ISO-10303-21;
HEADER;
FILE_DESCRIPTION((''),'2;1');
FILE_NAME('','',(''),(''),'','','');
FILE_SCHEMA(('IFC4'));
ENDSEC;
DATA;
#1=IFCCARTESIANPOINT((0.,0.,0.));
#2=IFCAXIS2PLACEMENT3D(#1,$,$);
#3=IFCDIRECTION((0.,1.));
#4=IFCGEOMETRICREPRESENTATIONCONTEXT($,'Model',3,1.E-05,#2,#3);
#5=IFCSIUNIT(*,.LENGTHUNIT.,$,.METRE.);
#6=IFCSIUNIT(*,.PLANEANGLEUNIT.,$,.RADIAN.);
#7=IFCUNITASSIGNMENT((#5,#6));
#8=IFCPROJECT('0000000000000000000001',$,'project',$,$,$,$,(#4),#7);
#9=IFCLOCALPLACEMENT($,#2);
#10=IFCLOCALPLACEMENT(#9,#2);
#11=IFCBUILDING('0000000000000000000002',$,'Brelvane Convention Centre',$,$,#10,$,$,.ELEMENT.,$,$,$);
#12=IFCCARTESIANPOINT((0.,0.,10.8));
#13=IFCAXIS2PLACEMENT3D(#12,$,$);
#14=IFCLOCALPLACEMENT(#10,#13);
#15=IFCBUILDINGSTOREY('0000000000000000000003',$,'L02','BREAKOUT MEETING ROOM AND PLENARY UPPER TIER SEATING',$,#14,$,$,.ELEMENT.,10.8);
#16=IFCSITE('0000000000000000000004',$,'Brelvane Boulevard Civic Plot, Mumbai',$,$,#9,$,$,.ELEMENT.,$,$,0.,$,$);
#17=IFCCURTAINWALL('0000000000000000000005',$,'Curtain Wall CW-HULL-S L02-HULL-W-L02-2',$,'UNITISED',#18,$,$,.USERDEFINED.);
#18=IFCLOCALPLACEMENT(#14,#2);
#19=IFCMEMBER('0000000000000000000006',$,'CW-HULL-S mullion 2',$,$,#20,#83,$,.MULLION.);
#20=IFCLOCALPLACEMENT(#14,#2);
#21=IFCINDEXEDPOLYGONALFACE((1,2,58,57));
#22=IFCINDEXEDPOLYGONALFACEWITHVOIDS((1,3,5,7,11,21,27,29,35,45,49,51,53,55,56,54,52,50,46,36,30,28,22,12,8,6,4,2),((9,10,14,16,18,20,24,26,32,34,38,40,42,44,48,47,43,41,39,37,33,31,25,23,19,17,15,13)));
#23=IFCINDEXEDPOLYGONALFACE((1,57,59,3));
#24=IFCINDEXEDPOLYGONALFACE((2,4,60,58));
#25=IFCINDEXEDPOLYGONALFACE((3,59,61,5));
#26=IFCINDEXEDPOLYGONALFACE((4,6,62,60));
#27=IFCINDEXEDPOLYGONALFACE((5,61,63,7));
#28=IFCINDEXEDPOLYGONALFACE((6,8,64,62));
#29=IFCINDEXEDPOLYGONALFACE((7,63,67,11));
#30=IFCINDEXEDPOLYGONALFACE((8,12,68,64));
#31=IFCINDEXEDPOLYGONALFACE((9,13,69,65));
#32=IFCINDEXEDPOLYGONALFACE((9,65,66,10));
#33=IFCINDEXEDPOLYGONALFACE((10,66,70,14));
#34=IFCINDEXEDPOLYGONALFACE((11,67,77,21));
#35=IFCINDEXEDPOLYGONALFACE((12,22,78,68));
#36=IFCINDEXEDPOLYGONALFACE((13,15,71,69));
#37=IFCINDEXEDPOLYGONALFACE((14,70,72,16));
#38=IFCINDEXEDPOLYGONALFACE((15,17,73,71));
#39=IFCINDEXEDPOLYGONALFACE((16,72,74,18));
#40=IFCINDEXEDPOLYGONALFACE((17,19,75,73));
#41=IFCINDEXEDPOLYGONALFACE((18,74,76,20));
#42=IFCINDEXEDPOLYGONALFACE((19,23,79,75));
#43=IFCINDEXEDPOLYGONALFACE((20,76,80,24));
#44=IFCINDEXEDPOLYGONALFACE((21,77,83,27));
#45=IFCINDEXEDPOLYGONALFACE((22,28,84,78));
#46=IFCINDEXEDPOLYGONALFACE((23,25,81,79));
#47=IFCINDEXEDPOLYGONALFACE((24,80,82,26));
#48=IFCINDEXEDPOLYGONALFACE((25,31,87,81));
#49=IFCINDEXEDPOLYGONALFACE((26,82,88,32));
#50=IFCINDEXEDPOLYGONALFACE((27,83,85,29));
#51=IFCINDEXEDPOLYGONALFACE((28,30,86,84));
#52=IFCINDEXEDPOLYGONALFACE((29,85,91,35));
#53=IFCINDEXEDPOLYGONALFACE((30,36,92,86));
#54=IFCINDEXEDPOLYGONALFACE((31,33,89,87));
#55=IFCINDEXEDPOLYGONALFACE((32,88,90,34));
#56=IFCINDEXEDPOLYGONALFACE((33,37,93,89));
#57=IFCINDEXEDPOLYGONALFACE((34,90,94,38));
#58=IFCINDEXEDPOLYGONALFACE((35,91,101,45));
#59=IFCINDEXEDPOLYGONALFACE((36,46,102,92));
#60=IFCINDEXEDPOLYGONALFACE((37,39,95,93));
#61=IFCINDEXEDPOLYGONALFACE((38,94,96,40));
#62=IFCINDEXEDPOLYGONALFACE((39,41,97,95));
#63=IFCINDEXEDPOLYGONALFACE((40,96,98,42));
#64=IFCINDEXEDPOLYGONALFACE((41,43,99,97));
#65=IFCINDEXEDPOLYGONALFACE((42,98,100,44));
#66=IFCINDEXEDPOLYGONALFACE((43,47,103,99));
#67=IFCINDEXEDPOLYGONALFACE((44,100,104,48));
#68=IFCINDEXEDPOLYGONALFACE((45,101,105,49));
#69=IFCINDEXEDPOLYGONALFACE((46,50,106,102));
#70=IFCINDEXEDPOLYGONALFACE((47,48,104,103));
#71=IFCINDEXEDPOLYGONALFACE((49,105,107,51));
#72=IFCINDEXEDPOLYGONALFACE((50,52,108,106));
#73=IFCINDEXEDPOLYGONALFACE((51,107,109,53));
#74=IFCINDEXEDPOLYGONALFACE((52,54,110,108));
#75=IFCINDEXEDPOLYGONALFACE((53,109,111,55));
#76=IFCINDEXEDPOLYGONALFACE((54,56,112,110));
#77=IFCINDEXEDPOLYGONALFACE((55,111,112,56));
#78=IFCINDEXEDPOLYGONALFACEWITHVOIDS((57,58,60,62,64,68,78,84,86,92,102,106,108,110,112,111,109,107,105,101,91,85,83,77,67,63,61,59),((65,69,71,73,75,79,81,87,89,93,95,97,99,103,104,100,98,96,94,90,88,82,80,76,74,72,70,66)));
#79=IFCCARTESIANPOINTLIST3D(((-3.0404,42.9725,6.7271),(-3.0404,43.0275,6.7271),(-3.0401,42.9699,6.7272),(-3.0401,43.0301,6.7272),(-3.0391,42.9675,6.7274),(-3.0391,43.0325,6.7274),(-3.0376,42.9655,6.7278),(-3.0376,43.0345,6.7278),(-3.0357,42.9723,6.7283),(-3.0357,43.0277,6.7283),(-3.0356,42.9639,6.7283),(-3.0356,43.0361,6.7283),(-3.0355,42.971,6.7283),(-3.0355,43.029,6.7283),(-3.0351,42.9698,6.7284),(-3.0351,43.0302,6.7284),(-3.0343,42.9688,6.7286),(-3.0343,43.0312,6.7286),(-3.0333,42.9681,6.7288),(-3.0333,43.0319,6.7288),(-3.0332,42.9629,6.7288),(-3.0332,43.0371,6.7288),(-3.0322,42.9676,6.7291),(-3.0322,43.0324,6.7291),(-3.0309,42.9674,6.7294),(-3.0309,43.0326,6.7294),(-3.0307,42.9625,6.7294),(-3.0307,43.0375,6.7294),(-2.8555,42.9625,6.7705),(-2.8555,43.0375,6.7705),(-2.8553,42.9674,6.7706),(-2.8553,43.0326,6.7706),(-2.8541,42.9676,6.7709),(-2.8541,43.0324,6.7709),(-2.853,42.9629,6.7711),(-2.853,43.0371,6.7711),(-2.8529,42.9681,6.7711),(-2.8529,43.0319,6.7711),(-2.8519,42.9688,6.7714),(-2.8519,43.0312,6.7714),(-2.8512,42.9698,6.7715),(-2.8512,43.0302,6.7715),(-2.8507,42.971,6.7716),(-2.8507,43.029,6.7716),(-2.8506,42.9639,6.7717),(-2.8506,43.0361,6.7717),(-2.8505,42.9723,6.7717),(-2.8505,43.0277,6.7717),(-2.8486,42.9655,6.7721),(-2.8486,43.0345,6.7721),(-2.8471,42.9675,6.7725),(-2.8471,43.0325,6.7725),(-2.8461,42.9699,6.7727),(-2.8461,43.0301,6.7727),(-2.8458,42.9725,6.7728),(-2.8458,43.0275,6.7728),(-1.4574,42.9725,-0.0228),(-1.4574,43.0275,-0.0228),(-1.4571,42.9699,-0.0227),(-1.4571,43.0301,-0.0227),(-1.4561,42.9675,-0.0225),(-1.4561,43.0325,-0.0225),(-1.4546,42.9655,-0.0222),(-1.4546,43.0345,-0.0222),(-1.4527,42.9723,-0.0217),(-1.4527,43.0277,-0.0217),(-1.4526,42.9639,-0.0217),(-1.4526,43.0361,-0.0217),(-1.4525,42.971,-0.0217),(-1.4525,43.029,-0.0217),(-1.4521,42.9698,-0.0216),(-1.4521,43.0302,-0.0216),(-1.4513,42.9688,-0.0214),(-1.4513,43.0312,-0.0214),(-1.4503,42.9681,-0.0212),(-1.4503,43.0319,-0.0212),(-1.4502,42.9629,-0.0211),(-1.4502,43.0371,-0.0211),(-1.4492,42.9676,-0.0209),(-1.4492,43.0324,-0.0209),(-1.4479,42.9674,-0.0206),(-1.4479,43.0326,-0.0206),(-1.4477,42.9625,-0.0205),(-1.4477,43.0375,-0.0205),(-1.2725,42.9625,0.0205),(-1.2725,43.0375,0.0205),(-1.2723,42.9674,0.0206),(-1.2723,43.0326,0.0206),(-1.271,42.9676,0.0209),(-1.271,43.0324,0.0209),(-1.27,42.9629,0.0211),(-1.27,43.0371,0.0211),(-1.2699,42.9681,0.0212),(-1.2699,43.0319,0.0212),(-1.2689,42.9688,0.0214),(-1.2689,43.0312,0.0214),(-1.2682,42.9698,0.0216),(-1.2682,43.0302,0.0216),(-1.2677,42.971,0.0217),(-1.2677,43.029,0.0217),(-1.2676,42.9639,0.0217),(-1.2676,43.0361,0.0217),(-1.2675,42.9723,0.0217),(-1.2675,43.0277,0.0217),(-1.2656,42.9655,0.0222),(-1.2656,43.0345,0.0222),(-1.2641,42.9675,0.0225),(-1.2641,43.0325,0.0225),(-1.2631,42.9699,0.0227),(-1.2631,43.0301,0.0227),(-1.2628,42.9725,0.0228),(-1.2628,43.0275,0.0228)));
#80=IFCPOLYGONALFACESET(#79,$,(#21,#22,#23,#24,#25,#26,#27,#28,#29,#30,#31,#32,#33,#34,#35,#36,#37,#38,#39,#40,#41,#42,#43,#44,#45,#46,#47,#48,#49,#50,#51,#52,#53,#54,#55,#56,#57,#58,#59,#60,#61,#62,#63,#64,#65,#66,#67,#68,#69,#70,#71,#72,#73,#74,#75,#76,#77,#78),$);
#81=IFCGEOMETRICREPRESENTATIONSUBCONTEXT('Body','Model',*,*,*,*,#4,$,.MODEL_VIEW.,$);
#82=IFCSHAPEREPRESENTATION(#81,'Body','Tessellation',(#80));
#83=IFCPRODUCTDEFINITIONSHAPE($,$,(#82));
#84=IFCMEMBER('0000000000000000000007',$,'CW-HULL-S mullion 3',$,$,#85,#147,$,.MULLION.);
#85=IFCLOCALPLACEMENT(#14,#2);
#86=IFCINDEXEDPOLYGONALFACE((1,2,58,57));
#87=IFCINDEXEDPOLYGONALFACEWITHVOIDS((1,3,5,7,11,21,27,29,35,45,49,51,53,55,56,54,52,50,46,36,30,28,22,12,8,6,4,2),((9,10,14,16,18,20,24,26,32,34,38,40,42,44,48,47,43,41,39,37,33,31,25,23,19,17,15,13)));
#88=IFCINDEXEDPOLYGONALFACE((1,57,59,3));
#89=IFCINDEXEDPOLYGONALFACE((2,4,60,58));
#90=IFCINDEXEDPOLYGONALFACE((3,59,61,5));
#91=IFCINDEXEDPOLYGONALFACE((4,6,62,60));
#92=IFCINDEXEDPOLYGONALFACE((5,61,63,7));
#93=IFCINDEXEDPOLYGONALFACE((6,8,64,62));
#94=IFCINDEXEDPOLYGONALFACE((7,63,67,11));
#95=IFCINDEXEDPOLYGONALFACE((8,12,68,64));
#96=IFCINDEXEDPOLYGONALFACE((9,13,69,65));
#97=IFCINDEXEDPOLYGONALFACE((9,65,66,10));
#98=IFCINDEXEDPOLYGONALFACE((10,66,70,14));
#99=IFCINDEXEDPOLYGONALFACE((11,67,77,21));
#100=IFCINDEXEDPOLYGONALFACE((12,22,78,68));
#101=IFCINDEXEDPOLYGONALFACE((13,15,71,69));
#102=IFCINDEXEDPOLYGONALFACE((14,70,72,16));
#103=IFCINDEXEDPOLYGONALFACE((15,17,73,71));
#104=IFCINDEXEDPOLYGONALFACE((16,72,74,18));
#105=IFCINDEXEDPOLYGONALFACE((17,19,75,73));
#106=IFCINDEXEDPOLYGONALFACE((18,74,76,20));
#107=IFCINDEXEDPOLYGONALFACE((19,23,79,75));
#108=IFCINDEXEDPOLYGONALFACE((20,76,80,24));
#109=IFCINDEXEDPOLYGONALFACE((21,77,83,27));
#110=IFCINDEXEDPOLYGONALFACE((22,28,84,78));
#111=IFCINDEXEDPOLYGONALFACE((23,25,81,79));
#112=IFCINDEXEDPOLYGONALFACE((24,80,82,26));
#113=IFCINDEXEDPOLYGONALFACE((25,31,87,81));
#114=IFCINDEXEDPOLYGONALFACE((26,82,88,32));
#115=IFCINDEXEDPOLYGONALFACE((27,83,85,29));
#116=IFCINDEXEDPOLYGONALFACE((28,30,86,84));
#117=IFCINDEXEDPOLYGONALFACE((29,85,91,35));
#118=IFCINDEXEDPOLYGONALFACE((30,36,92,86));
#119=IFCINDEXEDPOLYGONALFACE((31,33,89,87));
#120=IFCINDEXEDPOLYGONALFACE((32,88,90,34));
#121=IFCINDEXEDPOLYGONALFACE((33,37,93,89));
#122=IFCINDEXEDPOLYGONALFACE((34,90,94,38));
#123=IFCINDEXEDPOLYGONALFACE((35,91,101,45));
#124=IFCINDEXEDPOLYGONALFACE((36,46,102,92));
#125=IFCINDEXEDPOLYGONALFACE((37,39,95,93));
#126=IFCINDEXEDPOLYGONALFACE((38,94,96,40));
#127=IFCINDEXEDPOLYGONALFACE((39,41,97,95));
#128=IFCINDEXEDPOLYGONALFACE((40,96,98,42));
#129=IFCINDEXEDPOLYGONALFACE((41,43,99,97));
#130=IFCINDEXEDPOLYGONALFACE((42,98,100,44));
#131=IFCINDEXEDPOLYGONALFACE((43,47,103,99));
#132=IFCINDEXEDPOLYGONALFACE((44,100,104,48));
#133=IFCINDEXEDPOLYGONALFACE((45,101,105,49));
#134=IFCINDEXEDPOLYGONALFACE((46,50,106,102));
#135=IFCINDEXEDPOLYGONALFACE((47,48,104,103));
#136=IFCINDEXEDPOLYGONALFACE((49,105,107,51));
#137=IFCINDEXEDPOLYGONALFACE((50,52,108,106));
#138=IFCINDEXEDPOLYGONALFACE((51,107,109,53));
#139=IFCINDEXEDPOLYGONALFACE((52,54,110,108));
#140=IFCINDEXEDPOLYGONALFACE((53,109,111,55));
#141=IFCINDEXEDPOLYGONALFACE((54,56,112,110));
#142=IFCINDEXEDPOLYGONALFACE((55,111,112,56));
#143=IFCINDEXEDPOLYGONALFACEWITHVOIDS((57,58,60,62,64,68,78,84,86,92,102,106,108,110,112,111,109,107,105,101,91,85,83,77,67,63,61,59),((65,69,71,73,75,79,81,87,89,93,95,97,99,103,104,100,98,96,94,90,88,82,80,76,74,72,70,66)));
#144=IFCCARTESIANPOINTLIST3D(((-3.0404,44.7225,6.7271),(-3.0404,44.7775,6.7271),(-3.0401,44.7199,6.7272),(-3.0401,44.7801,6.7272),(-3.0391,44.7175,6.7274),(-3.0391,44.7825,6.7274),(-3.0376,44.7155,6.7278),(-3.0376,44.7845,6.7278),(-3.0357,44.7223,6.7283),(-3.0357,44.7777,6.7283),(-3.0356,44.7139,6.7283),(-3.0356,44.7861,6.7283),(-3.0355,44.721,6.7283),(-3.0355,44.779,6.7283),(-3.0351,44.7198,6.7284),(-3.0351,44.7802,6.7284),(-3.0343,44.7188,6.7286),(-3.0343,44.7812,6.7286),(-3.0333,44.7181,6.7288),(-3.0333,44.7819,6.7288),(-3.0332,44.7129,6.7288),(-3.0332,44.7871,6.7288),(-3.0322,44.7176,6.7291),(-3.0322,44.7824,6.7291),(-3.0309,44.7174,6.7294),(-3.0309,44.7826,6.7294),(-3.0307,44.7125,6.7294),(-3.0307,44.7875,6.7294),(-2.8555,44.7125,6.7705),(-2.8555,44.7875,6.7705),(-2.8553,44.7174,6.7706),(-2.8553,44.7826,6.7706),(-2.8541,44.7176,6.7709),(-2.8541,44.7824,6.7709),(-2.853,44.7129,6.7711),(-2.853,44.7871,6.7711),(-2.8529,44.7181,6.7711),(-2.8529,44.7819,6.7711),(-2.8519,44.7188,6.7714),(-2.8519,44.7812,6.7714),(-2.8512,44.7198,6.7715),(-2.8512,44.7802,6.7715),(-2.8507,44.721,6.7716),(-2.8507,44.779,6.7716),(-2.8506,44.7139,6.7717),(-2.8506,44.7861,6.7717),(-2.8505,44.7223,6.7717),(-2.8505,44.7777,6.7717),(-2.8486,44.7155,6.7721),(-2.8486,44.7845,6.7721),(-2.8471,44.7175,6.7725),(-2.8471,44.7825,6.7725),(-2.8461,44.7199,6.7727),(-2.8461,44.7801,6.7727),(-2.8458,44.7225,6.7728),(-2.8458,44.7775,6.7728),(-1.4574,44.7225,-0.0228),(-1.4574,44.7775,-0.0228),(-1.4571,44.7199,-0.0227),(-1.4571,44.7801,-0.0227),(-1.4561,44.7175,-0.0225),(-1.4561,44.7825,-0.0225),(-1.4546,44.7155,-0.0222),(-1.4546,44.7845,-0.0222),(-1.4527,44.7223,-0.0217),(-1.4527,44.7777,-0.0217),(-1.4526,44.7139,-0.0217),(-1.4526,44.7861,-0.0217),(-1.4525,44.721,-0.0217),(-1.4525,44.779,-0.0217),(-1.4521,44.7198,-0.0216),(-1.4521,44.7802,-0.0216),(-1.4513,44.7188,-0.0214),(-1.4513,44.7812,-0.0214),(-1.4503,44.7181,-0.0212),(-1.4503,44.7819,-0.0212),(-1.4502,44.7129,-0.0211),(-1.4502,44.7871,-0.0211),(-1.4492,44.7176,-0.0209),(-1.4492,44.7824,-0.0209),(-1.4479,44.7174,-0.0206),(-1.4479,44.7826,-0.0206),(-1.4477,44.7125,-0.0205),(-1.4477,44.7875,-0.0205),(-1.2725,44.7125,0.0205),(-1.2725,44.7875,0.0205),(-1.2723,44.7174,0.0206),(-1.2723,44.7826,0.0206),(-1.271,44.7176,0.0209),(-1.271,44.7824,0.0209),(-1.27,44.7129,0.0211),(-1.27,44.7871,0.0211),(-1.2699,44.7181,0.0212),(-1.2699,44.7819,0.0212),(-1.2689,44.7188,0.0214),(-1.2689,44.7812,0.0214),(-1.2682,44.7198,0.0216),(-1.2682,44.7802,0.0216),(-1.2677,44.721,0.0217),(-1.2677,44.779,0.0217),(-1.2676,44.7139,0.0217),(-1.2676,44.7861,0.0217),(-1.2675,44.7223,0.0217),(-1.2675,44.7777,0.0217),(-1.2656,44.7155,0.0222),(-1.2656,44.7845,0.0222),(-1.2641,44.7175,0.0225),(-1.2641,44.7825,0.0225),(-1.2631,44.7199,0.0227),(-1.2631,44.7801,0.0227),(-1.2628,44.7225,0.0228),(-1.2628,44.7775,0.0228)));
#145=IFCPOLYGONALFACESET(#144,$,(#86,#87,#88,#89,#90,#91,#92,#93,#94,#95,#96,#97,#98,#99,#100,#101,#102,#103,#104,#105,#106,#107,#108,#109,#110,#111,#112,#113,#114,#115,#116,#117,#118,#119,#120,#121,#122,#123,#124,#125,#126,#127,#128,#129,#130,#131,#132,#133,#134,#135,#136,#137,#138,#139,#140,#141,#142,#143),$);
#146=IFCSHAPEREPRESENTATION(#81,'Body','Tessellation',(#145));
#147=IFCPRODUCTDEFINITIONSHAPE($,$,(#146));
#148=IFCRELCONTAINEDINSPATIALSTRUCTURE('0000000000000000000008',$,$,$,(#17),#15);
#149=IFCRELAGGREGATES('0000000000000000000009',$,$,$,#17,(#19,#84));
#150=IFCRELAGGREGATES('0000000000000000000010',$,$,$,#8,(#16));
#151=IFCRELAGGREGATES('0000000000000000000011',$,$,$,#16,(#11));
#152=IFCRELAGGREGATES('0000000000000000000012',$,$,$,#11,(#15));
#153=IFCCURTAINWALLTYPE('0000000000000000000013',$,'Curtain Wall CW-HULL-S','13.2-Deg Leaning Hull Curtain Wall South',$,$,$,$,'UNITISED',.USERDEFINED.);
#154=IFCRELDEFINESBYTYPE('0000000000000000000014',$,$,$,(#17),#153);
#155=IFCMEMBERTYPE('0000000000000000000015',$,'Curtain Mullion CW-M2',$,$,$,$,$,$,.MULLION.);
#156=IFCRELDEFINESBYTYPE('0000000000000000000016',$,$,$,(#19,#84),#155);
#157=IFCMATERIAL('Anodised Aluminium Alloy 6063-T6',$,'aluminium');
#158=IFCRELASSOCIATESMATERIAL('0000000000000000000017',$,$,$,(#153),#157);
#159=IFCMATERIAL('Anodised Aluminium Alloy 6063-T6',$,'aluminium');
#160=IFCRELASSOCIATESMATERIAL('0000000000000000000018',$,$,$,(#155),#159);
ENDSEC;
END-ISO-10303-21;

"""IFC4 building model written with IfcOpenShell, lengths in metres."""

from ifc_helpers import new_model, si_unit, direction, frame, origin, origin_2d, place, context, subcontext, project, spatial, hollow_rectangle, extrude, material, material_profile, profile_set, type_object, element, aggregate, save


model = new_model("IFC4")

# Units and contexts
model_context = context("Model", 3, precision=1e-05, world=origin(), true_north=direction((0.0, 1.0)))
body_context = subcontext(model_context, "Body", "Model", "MODEL_VIEW")
ifc_project = project(units=[si_unit("LENGTHUNIT", "METRE"), si_unit("PLANEANGLEUNIT", "RADIAN")], contexts=[model_context])

# Site, building, storey
site_placement = place(None, origin())
site = spatial("IfcSite", under=ifc_project, at=site_placement, Name="Brelvane Boulevard Civic Plot, Mumbai", CompositionType="ELEMENT", RefElevation=0.0)
building_placement = place(site_placement, origin())
building = spatial("IfcBuilding", under=site, at=building_placement, Name="Brelvane Convention Centre", CompositionType="ELEMENT")
storey_placement = place(building_placement, frame((0.0, 0.0, 10.8)))
storey = spatial("IfcBuildingStorey", under=building, at=storey_placement, Name="L02", Description="BREAKOUT MEETING ROOM AND PLENARY UPPER TIER SEATING", CompositionType="ELEMENT", Elevation=10.8)

# Curtain wall, members
ifc_material_1 = material(Name="Anodised Aluminium Alloy 6063-T6", Category="aluminium")
curtain_wall_type = type_object("IfcCurtainWallType", Name="Curtain Wall CW-HULL-S", Description="13.2-Deg Leaning Hull Curtain Wall South", ElementType="UNITISED", PredefinedType="USERDEFINED", material=ifc_material_1)
curtain_wall_placement = place(storey_placement, origin())
curtain_wall = element("IfcCurtainWall", 1, at=curtain_wall_placement, inside=storey, type_object=curtain_wall_type, Name="Curtain Wall CW-HULL-S L02-HULL-W-L02-2", ObjectType="UNITISED", PredefinedType="USERDEFINED")
ifc_material_2 = material(Name="Anodised Aluminium Alloy 6063-T6", Category="aluminium")
ifc_material_profile_1 = material_profile(ifc_material_2, hollow_rectangle(XDim=0.075, YDim=0.2, WallThickness=0.0049, InnerFilletRadius=0.0049, OuterFilletRadius=0.01, at=origin_2d()), Name="ALU-M 200x75x5.0")
ifc_profile_set_1 = profile_set([ifc_material_profile_1], Name="Anodised Aluminium Alloy 6063-T6")
member_type_1 = type_object("IfcMemberType", Name="Curtain Mullion CW-M2", PredefinedType="MULLION", material=ifc_profile_set_1)
member_1_placement = place(storey_placement, frame((-1.3601, 43.0, 0.0), z_axis=(-0.228325, 0.0, 0.973585), x_axis=(0.0, -1.0, 0.0)))
member_1 = element("IfcMember", 2, at=member_1_placement, type_object=member_type_1, Name="CW-HULL-S mullion 2", PredefinedType="MULLION", context=body_context, shape_type="SweptSolid", body=[
    extrude(hollow_rectangle(XDim=0.075, YDim=0.2, WallThickness=0.0049, InnerFilletRadius=0.0049, OuterFilletRadius=0.01, at=origin_2d()), origin(), (0.0, 0.0, 1.0), 6.9331),
])
member_2_placement = place(storey_placement, frame((-1.3601, 44.75, 0.0), z_axis=(-0.228325, 0.0, 0.973585), x_axis=(0.0, -1.0, 0.0)))
member_2 = element("IfcMember", 3, at=member_2_placement, type_object=member_type_1, Name="CW-HULL-S mullion 3", PredefinedType="MULLION", context=body_context, shape_type="SweptSolid", body=[
    extrude(hollow_rectangle(XDim=0.075, YDim=0.2, WallThickness=0.0049, InnerFilletRadius=0.0049, OuterFilletRadius=0.01, at=origin_2d()), origin(), (0.0, 0.0, 1.0), 6.9331),
])
aggregate(curtain_wall, [member_1, member_2])

save(model, "model.ifc")
